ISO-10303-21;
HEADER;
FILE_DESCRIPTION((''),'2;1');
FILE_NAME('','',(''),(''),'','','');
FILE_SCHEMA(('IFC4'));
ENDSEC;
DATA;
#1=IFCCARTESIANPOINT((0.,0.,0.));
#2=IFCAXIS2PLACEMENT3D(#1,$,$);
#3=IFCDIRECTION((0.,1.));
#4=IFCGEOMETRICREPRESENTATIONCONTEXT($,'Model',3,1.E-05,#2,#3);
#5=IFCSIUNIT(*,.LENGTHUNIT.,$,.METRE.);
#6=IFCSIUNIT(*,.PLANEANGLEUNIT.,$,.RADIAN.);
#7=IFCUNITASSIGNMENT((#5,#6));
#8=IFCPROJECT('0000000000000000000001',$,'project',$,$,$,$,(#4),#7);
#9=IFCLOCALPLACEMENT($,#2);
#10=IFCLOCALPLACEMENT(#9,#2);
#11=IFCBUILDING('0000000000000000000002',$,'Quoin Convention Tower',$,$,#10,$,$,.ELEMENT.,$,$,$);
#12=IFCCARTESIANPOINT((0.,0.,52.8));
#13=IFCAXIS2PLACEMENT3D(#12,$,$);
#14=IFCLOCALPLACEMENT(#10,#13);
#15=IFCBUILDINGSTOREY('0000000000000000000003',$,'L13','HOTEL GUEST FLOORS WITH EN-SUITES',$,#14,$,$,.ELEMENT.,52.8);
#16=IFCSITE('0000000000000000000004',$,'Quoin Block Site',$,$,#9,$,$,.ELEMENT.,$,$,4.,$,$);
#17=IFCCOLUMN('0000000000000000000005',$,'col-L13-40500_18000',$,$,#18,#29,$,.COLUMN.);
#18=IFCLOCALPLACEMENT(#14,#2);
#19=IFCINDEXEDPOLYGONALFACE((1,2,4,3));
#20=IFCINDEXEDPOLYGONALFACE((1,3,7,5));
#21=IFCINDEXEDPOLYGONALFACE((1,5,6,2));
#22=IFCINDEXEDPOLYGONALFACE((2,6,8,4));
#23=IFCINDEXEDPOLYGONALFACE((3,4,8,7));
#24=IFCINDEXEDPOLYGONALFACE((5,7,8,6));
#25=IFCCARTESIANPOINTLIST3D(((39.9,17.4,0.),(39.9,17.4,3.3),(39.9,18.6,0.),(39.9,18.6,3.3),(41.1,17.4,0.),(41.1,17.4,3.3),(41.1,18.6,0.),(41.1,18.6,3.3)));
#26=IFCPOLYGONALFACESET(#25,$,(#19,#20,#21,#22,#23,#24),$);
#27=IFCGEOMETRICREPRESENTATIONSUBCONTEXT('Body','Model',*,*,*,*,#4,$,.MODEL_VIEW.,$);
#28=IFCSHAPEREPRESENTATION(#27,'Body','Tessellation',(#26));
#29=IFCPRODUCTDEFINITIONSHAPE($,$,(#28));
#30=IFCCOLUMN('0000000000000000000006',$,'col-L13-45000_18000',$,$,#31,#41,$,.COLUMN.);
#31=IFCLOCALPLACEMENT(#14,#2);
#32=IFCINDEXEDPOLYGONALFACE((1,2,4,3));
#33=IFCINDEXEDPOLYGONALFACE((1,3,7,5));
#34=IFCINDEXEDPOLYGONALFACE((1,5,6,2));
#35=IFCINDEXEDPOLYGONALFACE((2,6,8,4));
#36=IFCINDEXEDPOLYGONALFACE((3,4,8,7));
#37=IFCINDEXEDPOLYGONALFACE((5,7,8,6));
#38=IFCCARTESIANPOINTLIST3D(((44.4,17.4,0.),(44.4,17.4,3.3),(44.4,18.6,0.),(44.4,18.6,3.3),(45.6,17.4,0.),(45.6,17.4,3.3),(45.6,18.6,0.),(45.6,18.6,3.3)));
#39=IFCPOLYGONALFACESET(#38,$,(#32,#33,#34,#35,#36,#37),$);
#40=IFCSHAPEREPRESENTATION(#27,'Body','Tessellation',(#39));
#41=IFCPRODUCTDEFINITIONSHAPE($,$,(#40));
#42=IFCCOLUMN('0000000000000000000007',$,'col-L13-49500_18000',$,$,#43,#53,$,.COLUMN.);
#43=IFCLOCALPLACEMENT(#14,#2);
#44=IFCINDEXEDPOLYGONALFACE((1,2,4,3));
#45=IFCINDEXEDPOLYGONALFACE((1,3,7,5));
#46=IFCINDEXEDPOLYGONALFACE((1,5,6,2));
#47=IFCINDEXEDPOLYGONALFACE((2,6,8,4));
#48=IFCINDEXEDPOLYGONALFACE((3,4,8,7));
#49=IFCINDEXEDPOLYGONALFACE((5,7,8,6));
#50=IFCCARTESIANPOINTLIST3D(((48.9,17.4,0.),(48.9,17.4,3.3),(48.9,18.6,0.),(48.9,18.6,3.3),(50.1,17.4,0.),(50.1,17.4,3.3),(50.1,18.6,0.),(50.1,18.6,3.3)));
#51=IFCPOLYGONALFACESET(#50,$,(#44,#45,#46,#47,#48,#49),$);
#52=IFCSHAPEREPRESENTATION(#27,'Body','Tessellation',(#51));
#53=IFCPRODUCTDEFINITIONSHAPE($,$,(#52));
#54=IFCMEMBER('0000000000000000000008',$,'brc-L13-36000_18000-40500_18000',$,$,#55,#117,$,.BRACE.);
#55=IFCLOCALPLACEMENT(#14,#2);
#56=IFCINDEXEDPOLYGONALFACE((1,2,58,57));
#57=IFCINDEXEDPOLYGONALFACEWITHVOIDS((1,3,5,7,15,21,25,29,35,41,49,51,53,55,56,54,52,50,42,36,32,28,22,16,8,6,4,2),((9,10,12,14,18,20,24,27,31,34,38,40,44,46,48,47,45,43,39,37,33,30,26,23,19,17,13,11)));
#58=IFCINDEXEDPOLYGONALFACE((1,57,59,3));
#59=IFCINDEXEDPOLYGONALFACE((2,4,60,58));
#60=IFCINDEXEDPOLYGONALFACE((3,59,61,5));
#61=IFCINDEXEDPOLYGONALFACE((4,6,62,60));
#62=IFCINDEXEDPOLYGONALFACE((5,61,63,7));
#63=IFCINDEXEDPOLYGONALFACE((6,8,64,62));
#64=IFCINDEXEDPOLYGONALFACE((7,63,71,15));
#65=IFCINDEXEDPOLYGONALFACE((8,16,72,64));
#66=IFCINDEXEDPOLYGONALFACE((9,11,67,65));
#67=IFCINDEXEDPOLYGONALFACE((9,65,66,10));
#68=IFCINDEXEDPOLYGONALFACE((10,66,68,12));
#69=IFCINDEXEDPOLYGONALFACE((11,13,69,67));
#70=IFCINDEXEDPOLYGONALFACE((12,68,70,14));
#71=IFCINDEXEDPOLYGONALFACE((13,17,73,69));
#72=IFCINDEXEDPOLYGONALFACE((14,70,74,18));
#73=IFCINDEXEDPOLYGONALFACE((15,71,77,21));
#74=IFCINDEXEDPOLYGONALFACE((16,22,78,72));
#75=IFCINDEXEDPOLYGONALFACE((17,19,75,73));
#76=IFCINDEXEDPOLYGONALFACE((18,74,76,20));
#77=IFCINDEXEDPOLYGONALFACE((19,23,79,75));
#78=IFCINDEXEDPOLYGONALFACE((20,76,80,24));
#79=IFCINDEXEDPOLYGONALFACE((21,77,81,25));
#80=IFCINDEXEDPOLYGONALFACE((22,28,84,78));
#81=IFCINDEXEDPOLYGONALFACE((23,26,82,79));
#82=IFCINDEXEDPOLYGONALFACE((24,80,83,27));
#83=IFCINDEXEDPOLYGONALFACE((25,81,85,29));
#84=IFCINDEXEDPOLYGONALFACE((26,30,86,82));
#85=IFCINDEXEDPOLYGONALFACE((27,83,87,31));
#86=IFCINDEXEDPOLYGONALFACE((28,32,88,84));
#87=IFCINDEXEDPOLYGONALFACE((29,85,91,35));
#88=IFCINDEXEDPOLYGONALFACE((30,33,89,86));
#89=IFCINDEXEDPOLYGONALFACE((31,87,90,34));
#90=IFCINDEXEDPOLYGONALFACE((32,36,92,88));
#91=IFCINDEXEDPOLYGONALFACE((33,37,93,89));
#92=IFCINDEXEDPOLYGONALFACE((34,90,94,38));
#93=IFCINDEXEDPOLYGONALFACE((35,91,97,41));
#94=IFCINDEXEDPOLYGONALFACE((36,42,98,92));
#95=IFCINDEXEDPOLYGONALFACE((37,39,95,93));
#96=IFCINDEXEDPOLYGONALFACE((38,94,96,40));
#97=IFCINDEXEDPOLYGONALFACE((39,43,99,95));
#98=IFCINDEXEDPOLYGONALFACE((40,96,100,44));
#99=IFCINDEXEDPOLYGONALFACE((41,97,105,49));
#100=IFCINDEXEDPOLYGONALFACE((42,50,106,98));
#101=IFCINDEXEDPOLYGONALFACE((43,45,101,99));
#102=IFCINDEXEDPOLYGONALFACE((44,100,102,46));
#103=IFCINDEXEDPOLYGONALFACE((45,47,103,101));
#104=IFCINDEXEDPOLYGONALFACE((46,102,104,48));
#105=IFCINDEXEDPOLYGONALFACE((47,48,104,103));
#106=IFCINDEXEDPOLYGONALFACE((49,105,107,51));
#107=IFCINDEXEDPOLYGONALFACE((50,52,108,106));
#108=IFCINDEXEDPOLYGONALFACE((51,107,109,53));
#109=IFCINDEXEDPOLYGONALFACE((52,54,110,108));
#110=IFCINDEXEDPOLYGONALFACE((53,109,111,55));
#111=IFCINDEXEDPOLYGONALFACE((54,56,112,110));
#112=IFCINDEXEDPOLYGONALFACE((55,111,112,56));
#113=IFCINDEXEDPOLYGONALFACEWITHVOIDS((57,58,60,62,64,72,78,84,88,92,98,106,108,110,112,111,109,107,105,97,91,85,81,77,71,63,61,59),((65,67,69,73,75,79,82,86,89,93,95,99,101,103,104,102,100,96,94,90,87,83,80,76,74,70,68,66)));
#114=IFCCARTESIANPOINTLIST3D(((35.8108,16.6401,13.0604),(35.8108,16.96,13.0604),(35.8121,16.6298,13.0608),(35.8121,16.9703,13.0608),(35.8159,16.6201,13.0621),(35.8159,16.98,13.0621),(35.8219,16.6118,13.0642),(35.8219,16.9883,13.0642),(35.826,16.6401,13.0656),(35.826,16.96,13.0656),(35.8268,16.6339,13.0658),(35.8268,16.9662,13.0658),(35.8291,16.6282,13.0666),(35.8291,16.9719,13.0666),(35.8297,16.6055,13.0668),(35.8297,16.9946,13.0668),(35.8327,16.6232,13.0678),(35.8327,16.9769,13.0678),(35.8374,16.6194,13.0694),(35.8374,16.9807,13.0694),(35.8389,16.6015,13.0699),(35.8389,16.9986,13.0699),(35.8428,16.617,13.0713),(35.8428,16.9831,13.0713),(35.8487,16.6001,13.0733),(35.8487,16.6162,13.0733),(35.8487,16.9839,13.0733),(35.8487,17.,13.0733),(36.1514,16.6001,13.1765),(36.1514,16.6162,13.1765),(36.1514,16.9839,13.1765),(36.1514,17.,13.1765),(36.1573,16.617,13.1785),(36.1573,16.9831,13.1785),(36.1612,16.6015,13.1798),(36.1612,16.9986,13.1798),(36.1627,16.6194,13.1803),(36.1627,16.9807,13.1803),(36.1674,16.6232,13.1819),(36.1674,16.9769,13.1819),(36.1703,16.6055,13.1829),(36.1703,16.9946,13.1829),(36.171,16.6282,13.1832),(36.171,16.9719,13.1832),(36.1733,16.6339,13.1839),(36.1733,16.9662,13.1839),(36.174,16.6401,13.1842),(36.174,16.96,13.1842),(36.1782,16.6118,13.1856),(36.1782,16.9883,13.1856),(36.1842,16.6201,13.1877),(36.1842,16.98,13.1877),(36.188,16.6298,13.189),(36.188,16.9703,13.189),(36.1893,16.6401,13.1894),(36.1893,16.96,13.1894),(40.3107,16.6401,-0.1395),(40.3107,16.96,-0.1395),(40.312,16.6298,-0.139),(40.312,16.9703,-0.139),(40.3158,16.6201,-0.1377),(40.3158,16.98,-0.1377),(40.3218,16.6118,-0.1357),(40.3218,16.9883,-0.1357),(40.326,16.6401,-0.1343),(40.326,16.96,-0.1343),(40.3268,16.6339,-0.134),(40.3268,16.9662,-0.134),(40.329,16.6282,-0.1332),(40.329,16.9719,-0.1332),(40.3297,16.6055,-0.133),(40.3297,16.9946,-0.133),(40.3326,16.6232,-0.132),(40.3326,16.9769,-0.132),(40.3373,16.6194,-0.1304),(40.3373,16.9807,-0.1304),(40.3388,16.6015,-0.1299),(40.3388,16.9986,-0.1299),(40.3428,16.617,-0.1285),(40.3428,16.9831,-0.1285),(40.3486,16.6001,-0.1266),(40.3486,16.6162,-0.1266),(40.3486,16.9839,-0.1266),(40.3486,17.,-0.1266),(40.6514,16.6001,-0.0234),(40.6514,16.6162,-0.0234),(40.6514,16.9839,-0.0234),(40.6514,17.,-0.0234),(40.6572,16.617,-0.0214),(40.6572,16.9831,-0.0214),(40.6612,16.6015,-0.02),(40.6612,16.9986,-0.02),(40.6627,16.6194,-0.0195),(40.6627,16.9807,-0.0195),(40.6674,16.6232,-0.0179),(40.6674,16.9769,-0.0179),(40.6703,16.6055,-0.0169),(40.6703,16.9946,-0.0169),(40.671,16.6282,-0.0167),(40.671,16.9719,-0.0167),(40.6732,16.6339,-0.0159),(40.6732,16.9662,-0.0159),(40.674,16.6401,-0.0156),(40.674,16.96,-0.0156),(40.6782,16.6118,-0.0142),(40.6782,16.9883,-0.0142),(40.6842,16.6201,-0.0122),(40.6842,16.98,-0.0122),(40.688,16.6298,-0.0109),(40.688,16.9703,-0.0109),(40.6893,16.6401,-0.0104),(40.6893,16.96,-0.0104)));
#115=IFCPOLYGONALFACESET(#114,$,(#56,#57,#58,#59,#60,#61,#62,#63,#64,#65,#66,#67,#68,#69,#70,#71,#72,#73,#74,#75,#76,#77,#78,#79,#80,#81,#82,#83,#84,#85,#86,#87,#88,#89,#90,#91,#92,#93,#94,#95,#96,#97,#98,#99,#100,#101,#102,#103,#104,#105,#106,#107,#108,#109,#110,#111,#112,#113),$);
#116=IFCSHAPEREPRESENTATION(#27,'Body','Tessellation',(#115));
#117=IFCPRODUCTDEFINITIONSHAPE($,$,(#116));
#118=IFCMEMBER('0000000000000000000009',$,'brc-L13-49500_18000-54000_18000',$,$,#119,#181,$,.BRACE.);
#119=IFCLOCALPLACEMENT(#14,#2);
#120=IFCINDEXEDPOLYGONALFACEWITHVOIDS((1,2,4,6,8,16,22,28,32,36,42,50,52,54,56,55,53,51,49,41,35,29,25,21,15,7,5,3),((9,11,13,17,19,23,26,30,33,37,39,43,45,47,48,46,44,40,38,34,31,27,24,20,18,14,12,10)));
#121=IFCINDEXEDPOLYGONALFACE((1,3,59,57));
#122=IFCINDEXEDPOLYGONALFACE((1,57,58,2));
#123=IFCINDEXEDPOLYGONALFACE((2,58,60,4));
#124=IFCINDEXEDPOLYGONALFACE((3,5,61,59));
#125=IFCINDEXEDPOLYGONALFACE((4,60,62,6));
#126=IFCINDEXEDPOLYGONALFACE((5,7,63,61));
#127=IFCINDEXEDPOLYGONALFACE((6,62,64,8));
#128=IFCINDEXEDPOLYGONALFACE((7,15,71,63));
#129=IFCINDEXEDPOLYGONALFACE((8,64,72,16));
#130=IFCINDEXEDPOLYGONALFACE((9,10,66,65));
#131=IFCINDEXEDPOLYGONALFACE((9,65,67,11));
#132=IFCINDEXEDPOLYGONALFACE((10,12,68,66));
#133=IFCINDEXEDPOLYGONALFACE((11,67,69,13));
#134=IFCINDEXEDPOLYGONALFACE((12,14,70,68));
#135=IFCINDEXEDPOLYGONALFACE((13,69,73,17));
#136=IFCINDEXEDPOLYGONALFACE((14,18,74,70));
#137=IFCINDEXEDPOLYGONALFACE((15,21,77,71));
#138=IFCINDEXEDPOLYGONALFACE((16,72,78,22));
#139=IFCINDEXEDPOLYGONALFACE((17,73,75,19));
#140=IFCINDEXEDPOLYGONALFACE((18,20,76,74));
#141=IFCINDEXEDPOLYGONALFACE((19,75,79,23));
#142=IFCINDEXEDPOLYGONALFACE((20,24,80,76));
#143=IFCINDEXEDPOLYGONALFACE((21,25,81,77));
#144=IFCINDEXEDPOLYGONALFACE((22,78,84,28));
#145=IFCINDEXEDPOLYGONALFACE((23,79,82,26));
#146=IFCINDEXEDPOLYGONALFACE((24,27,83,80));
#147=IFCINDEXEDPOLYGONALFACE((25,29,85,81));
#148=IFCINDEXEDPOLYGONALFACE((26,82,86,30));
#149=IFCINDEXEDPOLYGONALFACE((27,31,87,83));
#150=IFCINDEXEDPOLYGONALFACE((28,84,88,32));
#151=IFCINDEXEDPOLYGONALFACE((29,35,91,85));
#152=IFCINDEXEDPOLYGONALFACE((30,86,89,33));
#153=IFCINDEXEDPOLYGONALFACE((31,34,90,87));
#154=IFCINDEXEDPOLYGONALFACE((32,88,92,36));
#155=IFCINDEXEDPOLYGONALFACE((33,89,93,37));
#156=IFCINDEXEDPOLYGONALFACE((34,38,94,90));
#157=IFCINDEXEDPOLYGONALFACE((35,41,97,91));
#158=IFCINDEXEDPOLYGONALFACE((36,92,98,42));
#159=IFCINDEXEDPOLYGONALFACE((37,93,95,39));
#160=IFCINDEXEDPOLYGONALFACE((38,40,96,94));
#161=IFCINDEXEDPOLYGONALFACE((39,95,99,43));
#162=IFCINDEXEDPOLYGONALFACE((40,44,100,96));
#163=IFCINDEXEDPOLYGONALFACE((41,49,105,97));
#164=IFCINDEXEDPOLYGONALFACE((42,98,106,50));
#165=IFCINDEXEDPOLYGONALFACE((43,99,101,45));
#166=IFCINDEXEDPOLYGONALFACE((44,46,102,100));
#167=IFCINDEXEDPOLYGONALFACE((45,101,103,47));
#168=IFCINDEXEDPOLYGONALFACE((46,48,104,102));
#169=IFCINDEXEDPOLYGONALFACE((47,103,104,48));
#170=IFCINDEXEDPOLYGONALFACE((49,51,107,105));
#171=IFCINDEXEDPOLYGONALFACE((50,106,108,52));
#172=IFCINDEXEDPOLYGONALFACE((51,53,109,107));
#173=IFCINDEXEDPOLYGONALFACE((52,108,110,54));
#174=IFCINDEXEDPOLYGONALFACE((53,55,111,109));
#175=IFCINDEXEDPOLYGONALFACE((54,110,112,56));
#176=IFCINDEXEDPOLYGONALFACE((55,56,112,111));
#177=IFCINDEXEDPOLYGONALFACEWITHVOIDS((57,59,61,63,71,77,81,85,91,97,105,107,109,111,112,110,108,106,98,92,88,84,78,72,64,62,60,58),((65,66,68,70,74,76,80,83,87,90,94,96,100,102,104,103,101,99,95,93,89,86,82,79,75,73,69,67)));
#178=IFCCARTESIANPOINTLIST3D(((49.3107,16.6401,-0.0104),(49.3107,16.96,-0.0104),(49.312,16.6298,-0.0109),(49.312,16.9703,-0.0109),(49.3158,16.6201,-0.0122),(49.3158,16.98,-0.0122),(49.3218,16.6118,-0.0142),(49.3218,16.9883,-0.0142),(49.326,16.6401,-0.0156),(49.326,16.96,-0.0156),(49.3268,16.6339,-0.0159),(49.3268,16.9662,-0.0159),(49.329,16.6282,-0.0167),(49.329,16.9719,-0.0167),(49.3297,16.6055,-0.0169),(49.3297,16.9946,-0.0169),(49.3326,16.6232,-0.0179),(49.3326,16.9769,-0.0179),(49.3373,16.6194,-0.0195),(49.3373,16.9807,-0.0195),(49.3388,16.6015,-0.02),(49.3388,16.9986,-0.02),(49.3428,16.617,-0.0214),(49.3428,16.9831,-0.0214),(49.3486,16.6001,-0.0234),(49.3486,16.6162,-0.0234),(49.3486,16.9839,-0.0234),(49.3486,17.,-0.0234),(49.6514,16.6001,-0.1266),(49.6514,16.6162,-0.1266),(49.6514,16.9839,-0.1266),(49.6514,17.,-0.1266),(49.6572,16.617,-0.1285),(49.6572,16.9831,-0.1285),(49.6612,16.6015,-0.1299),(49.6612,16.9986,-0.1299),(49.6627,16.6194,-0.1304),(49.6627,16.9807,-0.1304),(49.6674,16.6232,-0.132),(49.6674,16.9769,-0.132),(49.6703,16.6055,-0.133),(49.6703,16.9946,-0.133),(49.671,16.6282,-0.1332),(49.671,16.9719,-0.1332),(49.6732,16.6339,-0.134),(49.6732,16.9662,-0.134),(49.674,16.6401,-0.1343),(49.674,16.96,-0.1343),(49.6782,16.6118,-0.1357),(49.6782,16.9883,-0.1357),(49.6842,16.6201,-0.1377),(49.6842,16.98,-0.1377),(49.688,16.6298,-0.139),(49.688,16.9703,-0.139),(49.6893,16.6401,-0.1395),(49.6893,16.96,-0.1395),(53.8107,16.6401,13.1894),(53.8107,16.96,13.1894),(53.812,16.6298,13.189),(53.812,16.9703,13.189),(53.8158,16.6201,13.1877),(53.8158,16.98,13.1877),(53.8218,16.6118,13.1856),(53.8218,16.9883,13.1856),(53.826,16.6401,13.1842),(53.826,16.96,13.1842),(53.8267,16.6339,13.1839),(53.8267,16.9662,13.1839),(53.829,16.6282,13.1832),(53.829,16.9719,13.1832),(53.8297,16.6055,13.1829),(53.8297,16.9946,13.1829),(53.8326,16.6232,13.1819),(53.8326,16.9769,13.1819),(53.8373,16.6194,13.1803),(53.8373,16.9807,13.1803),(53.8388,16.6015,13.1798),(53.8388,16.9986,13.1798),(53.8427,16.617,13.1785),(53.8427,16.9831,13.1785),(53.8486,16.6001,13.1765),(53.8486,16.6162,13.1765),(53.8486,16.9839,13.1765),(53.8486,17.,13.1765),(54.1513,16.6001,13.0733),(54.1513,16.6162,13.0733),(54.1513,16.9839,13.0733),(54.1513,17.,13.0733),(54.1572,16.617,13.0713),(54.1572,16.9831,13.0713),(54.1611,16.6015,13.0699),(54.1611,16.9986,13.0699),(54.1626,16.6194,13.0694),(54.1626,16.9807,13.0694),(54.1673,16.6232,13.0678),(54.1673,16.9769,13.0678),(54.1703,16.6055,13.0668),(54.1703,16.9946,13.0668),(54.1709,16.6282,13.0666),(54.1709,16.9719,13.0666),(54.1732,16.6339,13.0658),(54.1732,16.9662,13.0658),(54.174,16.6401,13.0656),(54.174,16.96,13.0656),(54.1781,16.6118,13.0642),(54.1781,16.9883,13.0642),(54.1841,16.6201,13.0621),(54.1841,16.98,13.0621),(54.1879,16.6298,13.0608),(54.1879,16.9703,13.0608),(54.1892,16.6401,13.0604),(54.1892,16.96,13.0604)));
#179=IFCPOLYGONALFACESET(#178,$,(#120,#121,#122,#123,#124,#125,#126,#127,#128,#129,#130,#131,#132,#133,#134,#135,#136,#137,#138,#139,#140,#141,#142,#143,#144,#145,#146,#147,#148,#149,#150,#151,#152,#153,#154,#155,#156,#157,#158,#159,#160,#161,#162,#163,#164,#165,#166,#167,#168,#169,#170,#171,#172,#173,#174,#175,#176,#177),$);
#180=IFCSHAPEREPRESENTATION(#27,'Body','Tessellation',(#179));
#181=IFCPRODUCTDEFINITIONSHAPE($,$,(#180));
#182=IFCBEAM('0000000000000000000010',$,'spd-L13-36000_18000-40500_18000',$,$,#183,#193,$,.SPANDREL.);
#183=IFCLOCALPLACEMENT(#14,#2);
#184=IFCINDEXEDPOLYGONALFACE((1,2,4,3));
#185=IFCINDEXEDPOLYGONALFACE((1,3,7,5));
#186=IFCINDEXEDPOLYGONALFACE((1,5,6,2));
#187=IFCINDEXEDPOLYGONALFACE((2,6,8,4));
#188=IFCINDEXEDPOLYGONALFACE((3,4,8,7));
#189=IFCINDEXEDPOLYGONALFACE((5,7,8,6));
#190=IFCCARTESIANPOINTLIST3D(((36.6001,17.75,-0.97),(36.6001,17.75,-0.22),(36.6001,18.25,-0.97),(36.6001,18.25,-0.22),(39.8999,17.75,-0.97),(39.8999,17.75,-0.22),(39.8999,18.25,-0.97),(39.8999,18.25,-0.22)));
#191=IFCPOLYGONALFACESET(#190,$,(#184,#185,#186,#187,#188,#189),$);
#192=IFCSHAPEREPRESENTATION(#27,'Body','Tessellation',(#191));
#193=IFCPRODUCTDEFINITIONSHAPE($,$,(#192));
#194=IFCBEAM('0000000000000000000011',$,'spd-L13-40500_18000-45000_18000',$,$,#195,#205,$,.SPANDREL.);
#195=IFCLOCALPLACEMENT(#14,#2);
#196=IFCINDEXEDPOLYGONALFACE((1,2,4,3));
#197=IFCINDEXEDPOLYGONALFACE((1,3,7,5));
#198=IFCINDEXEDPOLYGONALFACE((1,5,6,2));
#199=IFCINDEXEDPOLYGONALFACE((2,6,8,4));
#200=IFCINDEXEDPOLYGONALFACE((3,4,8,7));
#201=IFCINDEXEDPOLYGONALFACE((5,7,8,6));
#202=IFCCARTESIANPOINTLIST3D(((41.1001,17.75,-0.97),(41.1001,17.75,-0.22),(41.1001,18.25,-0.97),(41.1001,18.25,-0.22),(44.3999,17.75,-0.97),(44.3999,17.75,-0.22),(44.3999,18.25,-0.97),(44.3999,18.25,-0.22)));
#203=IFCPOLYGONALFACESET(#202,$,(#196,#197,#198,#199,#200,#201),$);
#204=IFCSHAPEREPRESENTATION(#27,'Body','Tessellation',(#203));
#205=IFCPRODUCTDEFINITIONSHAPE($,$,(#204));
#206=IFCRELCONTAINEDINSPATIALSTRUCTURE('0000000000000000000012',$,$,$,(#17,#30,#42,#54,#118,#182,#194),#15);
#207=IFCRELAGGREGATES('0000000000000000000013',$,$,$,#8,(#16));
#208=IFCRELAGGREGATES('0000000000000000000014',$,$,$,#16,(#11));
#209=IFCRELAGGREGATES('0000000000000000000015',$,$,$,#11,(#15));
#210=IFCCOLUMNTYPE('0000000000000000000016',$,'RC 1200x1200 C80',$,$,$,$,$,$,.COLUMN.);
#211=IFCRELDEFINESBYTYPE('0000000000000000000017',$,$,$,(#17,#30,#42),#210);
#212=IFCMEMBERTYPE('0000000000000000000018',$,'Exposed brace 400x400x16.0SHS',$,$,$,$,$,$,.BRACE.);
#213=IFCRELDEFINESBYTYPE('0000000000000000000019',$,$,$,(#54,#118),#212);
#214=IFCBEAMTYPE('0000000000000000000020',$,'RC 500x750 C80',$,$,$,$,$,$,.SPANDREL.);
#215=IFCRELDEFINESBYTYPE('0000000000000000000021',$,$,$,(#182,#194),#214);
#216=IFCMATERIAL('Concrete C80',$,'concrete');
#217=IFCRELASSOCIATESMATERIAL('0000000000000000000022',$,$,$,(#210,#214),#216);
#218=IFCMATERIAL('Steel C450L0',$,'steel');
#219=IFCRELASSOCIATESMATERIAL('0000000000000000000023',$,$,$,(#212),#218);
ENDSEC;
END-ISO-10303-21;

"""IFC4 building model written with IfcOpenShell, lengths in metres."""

from ifc_helpers import new_model, si_unit, direction, frame, origin, origin_2d, place, context, subcontext, project, spatial, rectangle, hollow_rectangle, extrude, material, material_profile, profile_set, type_object, element, save


model = new_model("IFC4")

# Units and contexts
model_context = context("Model", 3, precision=1e-05, world=origin(), true_north=direction((0.0, 1.0)))
body_context = subcontext(model_context, "Body", "Model", "MODEL_VIEW")
ifc_project = project(units=[si_unit("LENGTHUNIT", "METRE"), si_unit("PLANEANGLEUNIT", "RADIAN")], contexts=[model_context])

# Site, building, storey
site_placement = place(None, origin())
site = spatial("IfcSite", under=ifc_project, at=site_placement, Name="Quoin Block Site", CompositionType="ELEMENT", RefElevation=4.0)
building_placement = place(site_placement, origin())
building = spatial("IfcBuilding", under=site, at=building_placement, Name="Quoin Convention Tower", CompositionType="ELEMENT")
storey_placement = place(building_placement, frame((0.0, 0.0, 52.8)))
storey = spatial("IfcBuildingStorey", under=building, at=storey_placement, Name="L13", Description="HOTEL GUEST FLOORS WITH EN-SUITES", CompositionType="ELEMENT", Elevation=52.8)

# Columns
ifc_material_1 = material(Name="Concrete C80", Category="concrete")
ifc_material_profile_1 = material_profile(ifc_material_1, rectangle(XDim=1.2, YDim=1.2, at=origin_2d()), Name="RC 1200x1200")
ifc_profile_set_1 = profile_set([ifc_material_profile_1], Name="Concrete C80")
column_type = type_object("IfcColumnType", Name="RC 1200x1200 C80", PredefinedType="COLUMN", material=ifc_profile_set_1)
for number, where, z_axis, x_axis, name in (
    (1, (40.5, 18.0, 0.0), (0.0, 0.0, 1.0), (1.0, 0.0, 0.0), "col-L13-40500_18000"),
    (2, (45.0, 18.0, 0.0), (0.0, 0.0, 1.0), (1.0, 0.0, 0.0), "col-L13-45000_18000"),
    (3, (49.5, 18.0, 0.0), (0.0, 0.0, 1.0), (1.0, 0.0, 0.0), "col-L13-49500_18000"),
):
    element("IfcColumn", number, at=place(storey_placement, frame(where, z_axis=z_axis, x_axis=x_axis)), inside=storey, type_object=column_type, Name=name, PredefinedType="COLUMN", context=body_context, shape_type="SweptSolid", body=[
        extrude(rectangle(XDim=1.2, YDim=1.2, at=origin_2d()), origin(), (0.0, 0.0, 1.0), 3.3),
    ])

# Members
ifc_material_2 = material(Name="Steel C450L0", Category="steel")
ifc_material_profile_2 = material_profile(ifc_material_2, hollow_rectangle(XDim=0.3999, YDim=0.3999, WallThickness=0.0161, InnerFilletRadius=0.0239, OuterFilletRadius=0.04, at=origin_2d()), Name="400x400x16.0SHS")
ifc_profile_set_2 = profile_set([ifc_material_profile_2], Name="Steel C450L0")
member_type = type_object("IfcMemberType", Name="Exposed brace 400x400x16.0SHS", PredefinedType="BRACE", material=ifc_profile_set_2)
for number, where, z_axis, x_axis, name in (
    (4, (40.5, 16.8, -0.075), (-0.322675, 0.0, 0.94651), (0.0, -1.0, 0.0), "brc-L13-36000_18000-40500_18000"),
    (5, (49.5, 16.8, -0.075), (0.322675, 0.0, 0.94651), (0.0, 1.0, 0.0), "brc-L13-49500_18000-54000_18000"),
):
    element("IfcMember", number, at=place(storey_placement, frame(where, z_axis=z_axis, x_axis=x_axis)), inside=storey, type_object=member_type, Name=name, PredefinedType="BRACE", context=body_context, shape_type="SweptSolid", body=[
        extrude(hollow_rectangle(XDim=0.3999, YDim=0.3999, WallThickness=0.0161, InnerFilletRadius=0.0239, OuterFilletRadius=0.04, at=origin_2d()), origin(), (0.0, 0.0, 1.0), 13.9458),
    ])

# Beams
ifc_material_profile_3 = material_profile(ifc_material_1, rectangle(XDim=0.5, YDim=0.75, at=origin_2d()), Name="RC 500x750")
ifc_profile_set_3 = profile_set([ifc_material_profile_3], Name="Concrete C80")
beam_type = type_object("IfcBeamType", Name="RC 500x750 C80", PredefinedType="SPANDREL", material=ifc_profile_set_3)
for number, where, z_axis, x_axis, name in (
    (6, (36.6001, 18.0, -0.595), (1.0, 0.0, 0.0), (0.0, 1.0, 0.0), "spd-L13-36000_18000-40500_18000"),
    (7, (41.1001, 18.0, -0.595), (1.0, 0.0, 0.0), (0.0, 1.0, 0.0), "spd-L13-40500_18000-45000_18000"),
):
    element("IfcBeam", number, at=place(storey_placement, frame(where, z_axis=z_axis, x_axis=x_axis)), inside=storey, type_object=beam_type, Name=name, PredefinedType="SPANDREL", context=body_context, shape_type="SweptSolid", body=[
        extrude(rectangle(XDim=0.5, YDim=0.75, at=origin_2d()), origin(), (0.0, 0.0, 1.0), 3.2998),
    ])

save(model, "model.ifc")
